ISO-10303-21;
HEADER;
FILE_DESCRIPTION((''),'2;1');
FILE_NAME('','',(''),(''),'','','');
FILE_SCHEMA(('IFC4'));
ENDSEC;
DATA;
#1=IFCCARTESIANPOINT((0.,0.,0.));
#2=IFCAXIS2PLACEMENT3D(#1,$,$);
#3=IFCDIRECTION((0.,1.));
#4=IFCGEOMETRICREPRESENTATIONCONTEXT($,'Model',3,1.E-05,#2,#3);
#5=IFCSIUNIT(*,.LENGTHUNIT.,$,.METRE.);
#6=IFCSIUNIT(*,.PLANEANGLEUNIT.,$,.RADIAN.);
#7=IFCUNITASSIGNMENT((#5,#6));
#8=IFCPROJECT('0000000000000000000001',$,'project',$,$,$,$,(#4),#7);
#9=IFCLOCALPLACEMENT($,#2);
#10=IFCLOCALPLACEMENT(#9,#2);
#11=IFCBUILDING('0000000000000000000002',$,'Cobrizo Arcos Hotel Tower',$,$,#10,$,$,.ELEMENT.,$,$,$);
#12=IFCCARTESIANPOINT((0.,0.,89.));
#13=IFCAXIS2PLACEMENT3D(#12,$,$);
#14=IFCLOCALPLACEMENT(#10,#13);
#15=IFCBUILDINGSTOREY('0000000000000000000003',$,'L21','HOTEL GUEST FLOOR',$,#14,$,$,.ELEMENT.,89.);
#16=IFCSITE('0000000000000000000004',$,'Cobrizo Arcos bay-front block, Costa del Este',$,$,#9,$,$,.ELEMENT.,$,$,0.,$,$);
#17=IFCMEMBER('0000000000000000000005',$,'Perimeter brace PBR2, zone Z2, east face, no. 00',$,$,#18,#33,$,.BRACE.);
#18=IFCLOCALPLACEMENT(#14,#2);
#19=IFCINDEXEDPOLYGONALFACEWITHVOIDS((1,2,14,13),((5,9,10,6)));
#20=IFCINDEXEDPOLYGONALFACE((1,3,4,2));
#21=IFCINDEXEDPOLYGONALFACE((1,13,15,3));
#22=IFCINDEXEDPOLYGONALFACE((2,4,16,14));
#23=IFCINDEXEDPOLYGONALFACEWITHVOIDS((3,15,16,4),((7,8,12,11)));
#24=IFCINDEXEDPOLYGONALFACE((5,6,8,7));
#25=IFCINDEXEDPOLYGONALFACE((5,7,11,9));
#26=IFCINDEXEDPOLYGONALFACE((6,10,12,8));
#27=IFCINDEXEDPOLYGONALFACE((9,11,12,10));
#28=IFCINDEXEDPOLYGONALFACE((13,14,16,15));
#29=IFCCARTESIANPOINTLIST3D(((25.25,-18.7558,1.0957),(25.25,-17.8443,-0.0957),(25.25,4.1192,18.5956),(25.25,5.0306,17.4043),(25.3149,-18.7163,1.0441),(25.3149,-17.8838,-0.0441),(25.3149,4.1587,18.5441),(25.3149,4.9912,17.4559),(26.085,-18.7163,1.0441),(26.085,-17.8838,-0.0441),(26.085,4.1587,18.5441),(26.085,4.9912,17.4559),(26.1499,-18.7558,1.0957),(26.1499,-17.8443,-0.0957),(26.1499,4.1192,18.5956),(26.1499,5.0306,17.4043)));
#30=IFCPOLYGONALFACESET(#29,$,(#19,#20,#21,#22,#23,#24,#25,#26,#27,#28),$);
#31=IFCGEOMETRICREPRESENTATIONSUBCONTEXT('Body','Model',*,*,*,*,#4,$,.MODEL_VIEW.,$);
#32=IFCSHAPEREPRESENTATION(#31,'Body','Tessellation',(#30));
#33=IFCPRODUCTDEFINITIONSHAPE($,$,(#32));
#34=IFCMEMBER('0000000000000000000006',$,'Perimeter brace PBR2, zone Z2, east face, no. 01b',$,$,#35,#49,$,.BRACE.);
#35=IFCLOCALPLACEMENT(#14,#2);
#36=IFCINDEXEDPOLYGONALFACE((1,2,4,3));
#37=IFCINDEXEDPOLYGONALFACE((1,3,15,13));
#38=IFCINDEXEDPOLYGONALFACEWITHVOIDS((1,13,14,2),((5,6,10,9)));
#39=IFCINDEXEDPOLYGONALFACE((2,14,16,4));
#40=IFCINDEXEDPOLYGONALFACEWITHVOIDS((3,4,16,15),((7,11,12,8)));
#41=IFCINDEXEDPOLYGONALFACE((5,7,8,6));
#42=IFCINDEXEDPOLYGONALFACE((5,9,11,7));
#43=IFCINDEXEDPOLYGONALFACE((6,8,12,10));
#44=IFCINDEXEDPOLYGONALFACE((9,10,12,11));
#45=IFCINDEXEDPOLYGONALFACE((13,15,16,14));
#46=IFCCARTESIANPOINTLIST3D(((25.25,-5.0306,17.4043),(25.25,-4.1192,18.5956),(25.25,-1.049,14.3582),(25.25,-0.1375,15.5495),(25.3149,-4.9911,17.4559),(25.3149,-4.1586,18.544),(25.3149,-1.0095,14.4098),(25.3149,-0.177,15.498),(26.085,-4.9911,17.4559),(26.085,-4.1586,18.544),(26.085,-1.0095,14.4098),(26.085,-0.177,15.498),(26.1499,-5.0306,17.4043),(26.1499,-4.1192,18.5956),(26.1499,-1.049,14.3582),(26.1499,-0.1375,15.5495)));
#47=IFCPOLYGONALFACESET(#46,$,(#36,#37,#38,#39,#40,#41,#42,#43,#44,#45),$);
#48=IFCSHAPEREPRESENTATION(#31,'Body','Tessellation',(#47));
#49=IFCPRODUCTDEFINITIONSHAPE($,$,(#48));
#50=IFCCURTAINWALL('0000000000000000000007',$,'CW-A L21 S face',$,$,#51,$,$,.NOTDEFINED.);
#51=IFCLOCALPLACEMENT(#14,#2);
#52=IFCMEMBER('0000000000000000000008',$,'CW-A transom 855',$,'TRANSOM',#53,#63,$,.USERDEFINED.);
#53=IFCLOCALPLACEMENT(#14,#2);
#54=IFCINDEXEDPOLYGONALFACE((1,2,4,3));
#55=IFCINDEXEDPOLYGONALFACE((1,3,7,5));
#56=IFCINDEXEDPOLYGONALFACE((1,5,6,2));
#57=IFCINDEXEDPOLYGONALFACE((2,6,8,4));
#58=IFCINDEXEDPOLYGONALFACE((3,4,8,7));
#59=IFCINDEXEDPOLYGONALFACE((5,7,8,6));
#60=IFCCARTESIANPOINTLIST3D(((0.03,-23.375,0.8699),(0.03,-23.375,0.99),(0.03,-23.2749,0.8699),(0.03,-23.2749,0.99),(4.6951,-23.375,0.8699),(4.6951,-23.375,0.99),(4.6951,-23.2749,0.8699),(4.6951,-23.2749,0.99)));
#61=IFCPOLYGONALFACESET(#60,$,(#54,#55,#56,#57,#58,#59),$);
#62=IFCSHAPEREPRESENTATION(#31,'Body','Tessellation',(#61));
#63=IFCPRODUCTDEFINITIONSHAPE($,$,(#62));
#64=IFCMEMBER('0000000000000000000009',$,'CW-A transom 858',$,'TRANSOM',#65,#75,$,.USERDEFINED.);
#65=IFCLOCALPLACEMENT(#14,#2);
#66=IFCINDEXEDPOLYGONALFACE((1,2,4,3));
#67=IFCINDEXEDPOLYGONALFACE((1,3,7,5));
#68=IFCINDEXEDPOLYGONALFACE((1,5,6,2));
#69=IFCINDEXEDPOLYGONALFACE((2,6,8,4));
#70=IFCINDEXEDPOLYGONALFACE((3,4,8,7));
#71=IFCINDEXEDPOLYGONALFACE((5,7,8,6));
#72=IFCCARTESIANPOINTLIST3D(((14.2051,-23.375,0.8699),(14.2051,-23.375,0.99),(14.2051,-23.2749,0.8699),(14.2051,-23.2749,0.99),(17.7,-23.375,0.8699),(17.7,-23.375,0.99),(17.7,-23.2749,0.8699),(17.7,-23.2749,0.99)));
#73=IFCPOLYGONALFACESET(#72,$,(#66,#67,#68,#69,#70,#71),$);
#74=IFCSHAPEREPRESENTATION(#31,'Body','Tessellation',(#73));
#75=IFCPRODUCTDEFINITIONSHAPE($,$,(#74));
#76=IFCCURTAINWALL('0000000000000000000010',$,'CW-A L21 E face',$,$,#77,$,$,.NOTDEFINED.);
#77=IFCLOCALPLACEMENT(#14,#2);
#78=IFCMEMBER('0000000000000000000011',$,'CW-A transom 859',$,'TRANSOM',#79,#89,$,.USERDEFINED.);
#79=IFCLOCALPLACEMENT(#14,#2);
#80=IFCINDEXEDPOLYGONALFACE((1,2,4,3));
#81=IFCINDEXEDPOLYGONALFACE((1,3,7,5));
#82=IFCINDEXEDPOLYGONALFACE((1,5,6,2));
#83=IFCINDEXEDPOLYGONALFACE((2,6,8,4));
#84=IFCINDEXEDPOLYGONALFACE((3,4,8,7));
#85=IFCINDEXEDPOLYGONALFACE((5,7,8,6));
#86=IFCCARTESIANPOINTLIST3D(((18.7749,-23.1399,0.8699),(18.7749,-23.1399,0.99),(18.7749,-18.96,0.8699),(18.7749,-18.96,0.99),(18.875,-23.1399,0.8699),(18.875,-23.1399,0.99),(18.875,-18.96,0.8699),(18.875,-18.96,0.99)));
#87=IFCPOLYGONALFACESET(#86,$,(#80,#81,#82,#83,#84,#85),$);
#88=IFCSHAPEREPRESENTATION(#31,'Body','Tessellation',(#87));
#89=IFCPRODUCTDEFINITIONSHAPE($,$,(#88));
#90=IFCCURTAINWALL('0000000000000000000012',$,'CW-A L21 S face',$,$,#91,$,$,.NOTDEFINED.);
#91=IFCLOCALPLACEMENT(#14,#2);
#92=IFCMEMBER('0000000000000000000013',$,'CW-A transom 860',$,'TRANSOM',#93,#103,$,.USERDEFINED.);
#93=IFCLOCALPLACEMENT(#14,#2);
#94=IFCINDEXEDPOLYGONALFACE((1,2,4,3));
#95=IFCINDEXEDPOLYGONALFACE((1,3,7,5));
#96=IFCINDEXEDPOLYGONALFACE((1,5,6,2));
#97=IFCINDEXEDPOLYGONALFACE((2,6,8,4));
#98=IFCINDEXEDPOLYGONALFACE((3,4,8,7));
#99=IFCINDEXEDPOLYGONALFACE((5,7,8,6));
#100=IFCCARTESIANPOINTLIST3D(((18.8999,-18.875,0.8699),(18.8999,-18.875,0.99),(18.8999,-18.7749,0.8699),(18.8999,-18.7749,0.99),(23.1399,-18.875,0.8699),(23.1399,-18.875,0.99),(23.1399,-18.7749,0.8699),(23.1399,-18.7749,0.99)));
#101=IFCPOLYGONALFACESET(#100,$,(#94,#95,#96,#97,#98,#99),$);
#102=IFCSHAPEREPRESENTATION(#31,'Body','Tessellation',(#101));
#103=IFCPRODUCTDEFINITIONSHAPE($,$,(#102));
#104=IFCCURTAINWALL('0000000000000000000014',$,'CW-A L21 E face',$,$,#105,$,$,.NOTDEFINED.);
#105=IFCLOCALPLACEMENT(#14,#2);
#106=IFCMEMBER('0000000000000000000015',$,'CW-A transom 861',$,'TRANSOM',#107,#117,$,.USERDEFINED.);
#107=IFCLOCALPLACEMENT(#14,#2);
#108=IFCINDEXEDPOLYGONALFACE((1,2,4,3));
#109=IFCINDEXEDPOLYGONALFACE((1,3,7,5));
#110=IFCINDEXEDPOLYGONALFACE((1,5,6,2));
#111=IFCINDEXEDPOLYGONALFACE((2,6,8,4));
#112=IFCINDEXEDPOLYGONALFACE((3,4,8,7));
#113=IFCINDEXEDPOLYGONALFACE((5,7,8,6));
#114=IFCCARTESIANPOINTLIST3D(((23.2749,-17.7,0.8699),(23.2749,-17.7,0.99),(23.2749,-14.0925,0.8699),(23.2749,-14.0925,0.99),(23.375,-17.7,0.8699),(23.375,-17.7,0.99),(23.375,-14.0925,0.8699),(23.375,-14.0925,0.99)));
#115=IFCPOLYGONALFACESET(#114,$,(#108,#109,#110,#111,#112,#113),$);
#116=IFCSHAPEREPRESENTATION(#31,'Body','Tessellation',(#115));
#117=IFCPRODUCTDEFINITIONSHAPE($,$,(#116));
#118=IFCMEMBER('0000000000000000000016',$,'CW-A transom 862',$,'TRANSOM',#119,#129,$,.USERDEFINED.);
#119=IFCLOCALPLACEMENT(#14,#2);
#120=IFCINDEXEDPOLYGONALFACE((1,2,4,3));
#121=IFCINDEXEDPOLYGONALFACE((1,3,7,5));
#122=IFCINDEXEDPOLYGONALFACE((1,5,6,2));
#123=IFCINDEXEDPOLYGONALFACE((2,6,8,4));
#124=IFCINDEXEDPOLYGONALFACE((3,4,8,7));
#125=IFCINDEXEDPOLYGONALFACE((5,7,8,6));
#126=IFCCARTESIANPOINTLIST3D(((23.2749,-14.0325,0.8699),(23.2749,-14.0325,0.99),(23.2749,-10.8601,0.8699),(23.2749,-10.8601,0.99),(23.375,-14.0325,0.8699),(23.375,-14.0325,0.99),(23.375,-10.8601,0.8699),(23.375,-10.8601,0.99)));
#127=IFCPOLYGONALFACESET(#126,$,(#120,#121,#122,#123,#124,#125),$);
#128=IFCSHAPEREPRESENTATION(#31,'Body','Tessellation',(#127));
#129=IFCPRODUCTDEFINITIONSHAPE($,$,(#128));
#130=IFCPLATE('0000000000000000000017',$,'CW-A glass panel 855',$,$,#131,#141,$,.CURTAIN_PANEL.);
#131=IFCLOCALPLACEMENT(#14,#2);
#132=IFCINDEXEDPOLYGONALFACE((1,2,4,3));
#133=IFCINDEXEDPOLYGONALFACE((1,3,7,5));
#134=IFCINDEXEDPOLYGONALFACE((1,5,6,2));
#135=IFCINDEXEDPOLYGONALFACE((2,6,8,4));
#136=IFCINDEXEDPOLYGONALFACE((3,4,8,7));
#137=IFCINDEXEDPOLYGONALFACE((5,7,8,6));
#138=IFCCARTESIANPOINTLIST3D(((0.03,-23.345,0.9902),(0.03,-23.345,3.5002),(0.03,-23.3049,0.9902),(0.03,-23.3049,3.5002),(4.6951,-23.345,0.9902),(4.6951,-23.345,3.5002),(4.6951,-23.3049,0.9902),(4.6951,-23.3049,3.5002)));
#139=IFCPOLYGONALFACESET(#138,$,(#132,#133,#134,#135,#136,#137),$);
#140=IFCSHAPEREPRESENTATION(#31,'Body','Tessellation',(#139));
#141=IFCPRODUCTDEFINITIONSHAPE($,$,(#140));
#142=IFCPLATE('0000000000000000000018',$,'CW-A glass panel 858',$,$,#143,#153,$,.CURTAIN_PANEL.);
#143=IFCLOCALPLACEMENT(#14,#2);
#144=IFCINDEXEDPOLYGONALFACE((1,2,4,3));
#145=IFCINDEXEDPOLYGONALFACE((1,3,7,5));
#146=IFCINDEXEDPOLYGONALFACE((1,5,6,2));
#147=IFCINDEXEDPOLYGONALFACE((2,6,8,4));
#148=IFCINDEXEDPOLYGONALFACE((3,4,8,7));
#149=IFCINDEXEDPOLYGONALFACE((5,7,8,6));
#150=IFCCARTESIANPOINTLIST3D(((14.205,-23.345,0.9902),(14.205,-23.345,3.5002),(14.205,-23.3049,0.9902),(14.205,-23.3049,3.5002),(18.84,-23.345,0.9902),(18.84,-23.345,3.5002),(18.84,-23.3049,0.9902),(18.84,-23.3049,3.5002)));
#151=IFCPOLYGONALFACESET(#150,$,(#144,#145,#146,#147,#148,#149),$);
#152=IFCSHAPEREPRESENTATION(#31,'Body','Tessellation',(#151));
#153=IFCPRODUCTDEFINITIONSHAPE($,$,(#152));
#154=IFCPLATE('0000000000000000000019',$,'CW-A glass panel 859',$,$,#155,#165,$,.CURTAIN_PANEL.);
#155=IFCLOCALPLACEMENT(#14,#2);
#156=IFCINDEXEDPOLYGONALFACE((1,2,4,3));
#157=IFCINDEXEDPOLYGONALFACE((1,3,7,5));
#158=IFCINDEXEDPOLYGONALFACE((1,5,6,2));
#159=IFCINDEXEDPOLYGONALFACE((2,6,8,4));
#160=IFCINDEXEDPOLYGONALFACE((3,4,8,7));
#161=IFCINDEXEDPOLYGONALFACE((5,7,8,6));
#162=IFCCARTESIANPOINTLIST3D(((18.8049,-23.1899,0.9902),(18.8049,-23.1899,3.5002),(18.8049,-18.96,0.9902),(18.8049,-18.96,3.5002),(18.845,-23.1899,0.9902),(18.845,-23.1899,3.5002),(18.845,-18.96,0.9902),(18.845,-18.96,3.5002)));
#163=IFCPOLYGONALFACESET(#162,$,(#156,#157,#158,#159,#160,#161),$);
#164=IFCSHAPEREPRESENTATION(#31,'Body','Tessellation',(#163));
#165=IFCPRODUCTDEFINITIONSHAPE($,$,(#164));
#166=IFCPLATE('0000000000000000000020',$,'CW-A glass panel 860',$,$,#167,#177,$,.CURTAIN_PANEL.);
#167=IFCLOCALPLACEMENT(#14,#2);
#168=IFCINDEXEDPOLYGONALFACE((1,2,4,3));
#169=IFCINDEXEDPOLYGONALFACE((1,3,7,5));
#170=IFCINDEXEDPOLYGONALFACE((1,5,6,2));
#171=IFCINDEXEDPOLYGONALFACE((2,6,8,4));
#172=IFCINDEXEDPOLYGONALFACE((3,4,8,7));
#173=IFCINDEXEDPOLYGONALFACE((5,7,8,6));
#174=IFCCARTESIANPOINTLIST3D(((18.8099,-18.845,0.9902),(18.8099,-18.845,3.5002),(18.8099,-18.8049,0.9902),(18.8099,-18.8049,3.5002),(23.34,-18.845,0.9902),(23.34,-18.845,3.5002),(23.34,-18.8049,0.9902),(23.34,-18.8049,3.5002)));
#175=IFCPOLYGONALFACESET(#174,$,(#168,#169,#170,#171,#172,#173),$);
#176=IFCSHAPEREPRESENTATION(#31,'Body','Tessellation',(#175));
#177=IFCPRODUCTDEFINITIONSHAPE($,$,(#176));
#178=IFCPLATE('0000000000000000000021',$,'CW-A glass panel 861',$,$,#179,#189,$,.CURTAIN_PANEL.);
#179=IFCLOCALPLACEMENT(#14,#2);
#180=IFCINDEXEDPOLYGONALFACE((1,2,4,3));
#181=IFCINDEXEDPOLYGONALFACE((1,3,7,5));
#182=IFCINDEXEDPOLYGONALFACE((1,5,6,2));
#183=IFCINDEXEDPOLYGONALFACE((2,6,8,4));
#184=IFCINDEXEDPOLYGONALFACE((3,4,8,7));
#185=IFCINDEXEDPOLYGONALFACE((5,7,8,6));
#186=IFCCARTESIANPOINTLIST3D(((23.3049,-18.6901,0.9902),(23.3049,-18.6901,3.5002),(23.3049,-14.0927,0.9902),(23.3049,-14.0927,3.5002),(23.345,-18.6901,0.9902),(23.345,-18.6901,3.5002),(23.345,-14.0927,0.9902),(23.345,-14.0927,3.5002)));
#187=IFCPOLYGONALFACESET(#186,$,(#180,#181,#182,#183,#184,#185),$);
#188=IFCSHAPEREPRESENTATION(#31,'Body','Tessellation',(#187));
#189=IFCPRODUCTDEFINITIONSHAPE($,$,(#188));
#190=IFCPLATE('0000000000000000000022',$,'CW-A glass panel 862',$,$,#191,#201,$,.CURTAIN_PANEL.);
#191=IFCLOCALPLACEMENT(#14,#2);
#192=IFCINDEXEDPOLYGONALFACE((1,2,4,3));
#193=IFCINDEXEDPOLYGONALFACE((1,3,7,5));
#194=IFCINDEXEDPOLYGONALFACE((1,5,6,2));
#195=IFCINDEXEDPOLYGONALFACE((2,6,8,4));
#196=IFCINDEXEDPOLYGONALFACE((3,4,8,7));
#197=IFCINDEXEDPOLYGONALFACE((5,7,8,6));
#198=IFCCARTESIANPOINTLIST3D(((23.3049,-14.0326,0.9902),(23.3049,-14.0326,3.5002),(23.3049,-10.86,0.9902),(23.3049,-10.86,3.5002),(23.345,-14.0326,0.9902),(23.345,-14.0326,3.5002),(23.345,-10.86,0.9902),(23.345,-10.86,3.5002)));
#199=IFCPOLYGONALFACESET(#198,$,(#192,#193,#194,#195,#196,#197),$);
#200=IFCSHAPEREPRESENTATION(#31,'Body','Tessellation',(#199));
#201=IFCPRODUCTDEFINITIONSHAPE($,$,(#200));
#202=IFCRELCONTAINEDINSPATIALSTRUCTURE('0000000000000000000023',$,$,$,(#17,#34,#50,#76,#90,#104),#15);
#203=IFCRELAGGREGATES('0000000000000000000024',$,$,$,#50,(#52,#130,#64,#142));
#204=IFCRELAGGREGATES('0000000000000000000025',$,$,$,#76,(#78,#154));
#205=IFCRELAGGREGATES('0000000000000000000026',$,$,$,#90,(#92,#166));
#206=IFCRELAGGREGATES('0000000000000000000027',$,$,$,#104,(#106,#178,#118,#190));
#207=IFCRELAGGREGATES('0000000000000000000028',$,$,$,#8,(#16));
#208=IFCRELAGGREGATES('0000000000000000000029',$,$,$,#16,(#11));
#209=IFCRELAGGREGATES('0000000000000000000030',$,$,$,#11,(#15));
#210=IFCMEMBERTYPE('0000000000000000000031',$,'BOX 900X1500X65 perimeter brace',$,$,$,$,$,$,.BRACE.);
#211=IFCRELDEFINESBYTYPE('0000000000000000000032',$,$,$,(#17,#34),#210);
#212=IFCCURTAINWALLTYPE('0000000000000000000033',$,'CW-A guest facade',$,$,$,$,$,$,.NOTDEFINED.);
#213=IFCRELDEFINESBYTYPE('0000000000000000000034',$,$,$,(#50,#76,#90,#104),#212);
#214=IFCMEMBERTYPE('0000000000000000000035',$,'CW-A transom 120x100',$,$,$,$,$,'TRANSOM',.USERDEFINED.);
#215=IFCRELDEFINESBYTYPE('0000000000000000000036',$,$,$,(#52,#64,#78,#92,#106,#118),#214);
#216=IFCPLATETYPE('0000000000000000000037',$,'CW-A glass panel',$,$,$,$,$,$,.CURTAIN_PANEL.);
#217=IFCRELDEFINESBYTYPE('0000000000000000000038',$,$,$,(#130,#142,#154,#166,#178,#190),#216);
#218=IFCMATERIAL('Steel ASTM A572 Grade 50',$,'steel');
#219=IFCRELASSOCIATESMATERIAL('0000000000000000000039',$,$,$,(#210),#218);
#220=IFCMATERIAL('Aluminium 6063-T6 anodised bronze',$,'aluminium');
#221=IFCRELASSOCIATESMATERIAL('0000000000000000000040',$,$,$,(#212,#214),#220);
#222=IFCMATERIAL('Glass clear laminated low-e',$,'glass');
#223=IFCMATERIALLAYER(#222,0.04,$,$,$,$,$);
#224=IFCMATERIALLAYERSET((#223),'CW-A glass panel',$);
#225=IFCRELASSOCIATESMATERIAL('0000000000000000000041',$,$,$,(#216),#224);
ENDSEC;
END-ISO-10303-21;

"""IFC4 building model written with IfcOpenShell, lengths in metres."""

from ifc_helpers import new_model, si_unit, direction, frame, origin, origin_2d, place, context, subcontext, project, spatial, rectangle, hollow_rectangle, extrude, material, layer, layer_set, material_profile, profile_set, type_object, element, aggregate, save


model = new_model("IFC4")

# Units and contexts
model_context = context("Model", 3, precision=1e-05, world=origin(), true_north=direction((0.0, 1.0)))
body_context = subcontext(model_context, "Body", "Model", "MODEL_VIEW")
ifc_project = project(units=[si_unit("LENGTHUNIT", "METRE"), si_unit("PLANEANGLEUNIT", "RADIAN")], contexts=[model_context])

# Site, building, storey
site_placement = place(None, origin())
site = spatial("IfcSite", under=ifc_project, at=site_placement, Name="Cobrizo Arcos bay-front block, Costa del Este", CompositionType="ELEMENT", RefElevation=0.0)
building_placement = place(site_placement, origin())
building = spatial("IfcBuilding", under=site, at=building_placement, Name="Cobrizo Arcos Hotel Tower", CompositionType="ELEMENT")
storey_placement = place(building_placement, frame((0.0, 0.0, 89.0)))
storey = spatial("IfcBuildingStorey", under=building, at=storey_placement, Name="L21", Description="HOTEL GUEST FLOOR", CompositionType="ELEMENT", Elevation=89.0)

# Members
ifc_material_1 = material(Name="Steel ASTM A572 Grade 50", Category="steel")
ifc_material_profile_1 = material_profile(ifc_material_1, hollow_rectangle(XDim=0.8999, YDim=1.5, WallThickness=0.0649, at=origin_2d()), Name="BOX 900X1500X65")
ifc_profile_set_1 = profile_set([ifc_material_profile_1], Name="Steel ASTM A572 Grade 50")
member_type_1 = type_object("IfcMemberType", Name="BOX 900X1500X65 perimeter brace", PredefinedType="BRACE", material=ifc_profile_set_1)
member_1_placement = place(storey_placement, frame((25.7, -18.3, 0.5), z_axis=(0.0, 0.794235, 0.607611), x_axis=(-1.0, 0.0, 0.0)))
element("IfcMember", 1, at=member_1_placement, inside=storey, type_object=member_type_1, Name="Perimeter brace PBR2, zone Z2, east face, no. 00", PredefinedType="BRACE", context=body_context, shape_type="SweptSolid", body=[
    extrude(hollow_rectangle(XDim=0.8999, YDim=1.5, WallThickness=0.0649, at=origin_2d()), origin(), (0.0, 0.0, 1.0), 28.8013),
])
member_2_placement = place(storey_placement, frame((25.7, -0.5933, 14.9539), z_axis=(0.0, -0.794231, 0.607616), x_axis=(1.0, 0.0, 0.0)))
element("IfcMember", 2, at=member_2_placement, inside=storey, type_object=member_type_1, Name="Perimeter brace PBR2, zone Z2, east face, no. 01b", PredefinedType="BRACE", context=body_context, shape_type="SweptSolid", body=[
    extrude(hollow_rectangle(XDim=0.8999, YDim=1.5, WallThickness=0.0649, at=origin_2d()), origin(), (0.0, 0.0, 1.0), 5.0132),
])

# Curtain wall, members
ifc_material_2 = material(Name="Aluminium 6063-T6 anodised bronze", Category="aluminium")
curtain_wall_type = type_object("IfcCurtainWallType", Name="CW-A guest facade", PredefinedType="NOTDEFINED", material=ifc_material_2)
curtain_wall_1_placement = place(storey_placement, origin())
curtain_wall_1 = element("IfcCurtainWall", 3, at=curtain_wall_1_placement, inside=storey, type_object=curtain_wall_type, Name="CW-A L21 S face", PredefinedType="NOTDEFINED")
ifc_material_profile_2 = material_profile(ifc_material_2, rectangle(XDim=0.1001, YDim=0.1201, at=origin_2d()), Name="CW-A transom 120x100")
ifc_profile_set_2 = profile_set([ifc_material_profile_2], Name="Aluminium 6063-T6 anodised bronze")
member_type_2 = type_object("IfcMemberType", Name="CW-A transom 120x100", ElementType="TRANSOM", PredefinedType="USERDEFINED", material=ifc_profile_set_2)
member_3_placement = place(storey_placement, frame((0.03, -23.325, 0.9299), z_axis=(1.0, 0.0, 0.0), x_axis=(0.0, 1.0, 0.0)))
member_3 = element("IfcMember", 4, at=member_3_placement, type_object=member_type_2, Name="CW-A transom 855", ObjectType="TRANSOM", PredefinedType="USERDEFINED", context=body_context, shape_type="SweptSolid", body=[
    extrude(rectangle(XDim=0.1001, YDim=0.1201, at=origin_2d()), origin(), (0.0, 0.0, 1.0), 4.665),
])
member_4_placement = place(storey_placement, frame((14.2051, -23.325, 0.9299), z_axis=(1.0, 0.0, 0.0), x_axis=(0.0, 1.0, 0.0)))
member_4 = element("IfcMember", 5, at=member_4_placement, type_object=member_type_2, Name="CW-A transom 858", ObjectType="TRANSOM", PredefinedType="USERDEFINED", context=body_context, shape_type="SweptSolid", body=[
    extrude(rectangle(XDim=0.1001, YDim=0.1201, at=origin_2d()), origin(), (0.0, 0.0, 1.0), 3.4949),
])

# Curtain walls, members
curtain_wall_2_placement = place(storey_placement, origin())
curtain_wall_2 = element("IfcCurtainWall", 6, at=curtain_wall_2_placement, inside=storey, type_object=curtain_wall_type, Name="CW-A L21 E face", PredefinedType="NOTDEFINED")
member_5_placement = place(storey_placement, frame((18.825, -23.1399, 0.9299), z_axis=(0.0, 1.0, 0.0), x_axis=(-1.0, 0.0, 0.0)))
member_5 = element("IfcMember", 7, at=member_5_placement, type_object=member_type_2, Name="CW-A transom 859", ObjectType="TRANSOM", PredefinedType="USERDEFINED", context=body_context, shape_type="SweptSolid", body=[
    extrude(rectangle(XDim=0.1001, YDim=0.1201, at=origin_2d()), origin(), (0.0, 0.0, 1.0), 4.1799),
])
curtain_wall_3_placement = place(storey_placement, origin())
curtain_wall_3 = element("IfcCurtainWall", 8, at=curtain_wall_3_placement, inside=storey, type_object=curtain_wall_type, Name="CW-A L21 S face", PredefinedType="NOTDEFINED")
member_6_placement = place(storey_placement, frame((18.8999, -18.825, 0.9299), z_axis=(1.0, 0.0, 0.0), x_axis=(0.0, 1.0, 0.0)))
member_6 = element("IfcMember", 9, at=member_6_placement, type_object=member_type_2, Name="CW-A transom 860", ObjectType="TRANSOM", PredefinedType="USERDEFINED", context=body_context, shape_type="SweptSolid", body=[
    extrude(rectangle(XDim=0.1001, YDim=0.1201, at=origin_2d()), origin(), (0.0, 0.0, 1.0), 4.24),
])

# Curtain wall, members
curtain_wall_4_placement = place(storey_placement, origin())
curtain_wall_4 = element("IfcCurtainWall", 10, at=curtain_wall_4_placement, inside=storey, type_object=curtain_wall_type, Name="CW-A L21 E face", PredefinedType="NOTDEFINED")
member_7_placement = place(storey_placement, frame((23.325, -17.7, 0.9299), z_axis=(0.0, 1.0, 0.0), x_axis=(-1.0, 0.0, 0.0)))
member_7 = element("IfcMember", 11, at=member_7_placement, type_object=member_type_2, Name="CW-A transom 861", ObjectType="TRANSOM", PredefinedType="USERDEFINED", context=body_context, shape_type="SweptSolid", body=[
    extrude(rectangle(XDim=0.1001, YDim=0.1201, at=origin_2d()), origin(), (0.0, 0.0, 1.0), 3.6074),
])
member_8_placement = place(storey_placement, frame((23.325, -14.0325, 0.9299), z_axis=(0.0, 1.0, 0.0), x_axis=(-1.0, 0.0, 0.0)))
member_8 = element("IfcMember", 12, at=member_8_placement, type_object=member_type_2, Name="CW-A transom 862", ObjectType="TRANSOM", PredefinedType="USERDEFINED", context=body_context, shape_type="SweptSolid", body=[
    extrude(rectangle(XDim=0.1001, YDim=0.1201, at=origin_2d()), origin(), (0.0, 0.0, 1.0), 3.1724),
])

# Plates
ifc_material_3 = material(Name="Glass clear laminated low-e", Category="glass")
ifc_layer = layer(ifc_material_3, 0.04)
ifc_layer_set = layer_set([ifc_layer], Name="CW-A glass panel")
plate_type = type_object("IfcPlateType", Name="CW-A glass panel", PredefinedType="CURTAIN_PANEL", material=ifc_layer_set)
plate_1_placement = place(storey_placement, frame((2.3625, -23.325, 0.9902), z_axis=(0.0, 0.0, 1.0), x_axis=(1.0, 0.0, 0.0)))
plate_1 = element("IfcPlate", 13, at=plate_1_placement, type_object=plate_type, Name="CW-A glass panel 855", PredefinedType="CURTAIN_PANEL", context=body_context, shape_type="SweptSolid", body=[
    extrude(rectangle(XDim=4.665, YDim=0.04, at=origin_2d()), origin(), (0.0, 0.0, 1.0), 2.51),
])
plate_2_placement = place(storey_placement, frame((16.5225, -23.325, 0.9902), z_axis=(0.0, 0.0, 1.0), x_axis=(1.0, 0.0, 0.0)))
plate_2 = element("IfcPlate", 14, at=plate_2_placement, type_object=plate_type, Name="CW-A glass panel 858", PredefinedType="CURTAIN_PANEL", context=body_context, shape_type="SweptSolid", body=[
    extrude(rectangle(XDim=4.635, YDim=0.04, at=origin_2d()), origin(), (0.0, 0.0, 1.0), 2.51),
])
aggregate(curtain_wall_1, [member_3, plate_1, member_4, plate_2])
plate_3_placement = place(storey_placement, frame((18.825, -21.075, 0.9902), z_axis=(0.0, 0.0, 1.0), x_axis=(0.0, 1.0, 0.0)))
plate_3 = element("IfcPlate", 15, at=plate_3_placement, type_object=plate_type, Name="CW-A glass panel 859", PredefinedType="CURTAIN_PANEL", context=body_context, shape_type="SweptSolid", body=[
    extrude(rectangle(XDim=4.23, YDim=0.04, at=origin_2d()), origin(), (0.0, 0.0, 1.0), 2.51),
])
aggregate(curtain_wall_2, [member_5, plate_3])
plate_4_placement = place(storey_placement, frame((21.075, -18.825, 0.9902), z_axis=(0.0, 0.0, 1.0), x_axis=(1.0, 0.0, 0.0)))
plate_4 = element("IfcPlate", 16, at=plate_4_placement, type_object=plate_type, Name="CW-A glass panel 860", PredefinedType="CURTAIN_PANEL", context=body_context, shape_type="SweptSolid", body=[
    extrude(rectangle(XDim=4.53, YDim=0.04, at=origin_2d()), origin(), (0.0, 0.0, 1.0), 2.51),
])
aggregate(curtain_wall_3, [member_6, plate_4])
plate_5_placement = place(storey_placement, frame((23.325, -16.3914, 0.9902), z_axis=(0.0, 0.0, 1.0), x_axis=(0.0, 1.0, 0.0)))
plate_5 = element("IfcPlate", 17, at=plate_5_placement, type_object=plate_type, Name="CW-A glass panel 861", PredefinedType="CURTAIN_PANEL", context=body_context, shape_type="SweptSolid", body=[
    extrude(rectangle(XDim=4.5974, YDim=0.04, at=origin_2d()), origin(), (0.0, 0.0, 1.0), 2.51),
])
plate_6_placement = place(storey_placement, frame((23.325, -12.4463, 0.9902), z_axis=(0.0, 0.0, 1.0), x_axis=(0.0, 1.0, 0.0)))
plate_6 = element("IfcPlate", 18, at=plate_6_placement, type_object=plate_type, Name="CW-A glass panel 862", PredefinedType="CURTAIN_PANEL", context=body_context, shape_type="SweptSolid", body=[
    extrude(rectangle(XDim=3.1726, YDim=0.04, at=origin_2d()), origin(), (0.0, 0.0, 1.0), 2.51),
])
aggregate(curtain_wall_4, [member_7, plate_5, member_8, plate_6])

save(model, "model.ifc")
